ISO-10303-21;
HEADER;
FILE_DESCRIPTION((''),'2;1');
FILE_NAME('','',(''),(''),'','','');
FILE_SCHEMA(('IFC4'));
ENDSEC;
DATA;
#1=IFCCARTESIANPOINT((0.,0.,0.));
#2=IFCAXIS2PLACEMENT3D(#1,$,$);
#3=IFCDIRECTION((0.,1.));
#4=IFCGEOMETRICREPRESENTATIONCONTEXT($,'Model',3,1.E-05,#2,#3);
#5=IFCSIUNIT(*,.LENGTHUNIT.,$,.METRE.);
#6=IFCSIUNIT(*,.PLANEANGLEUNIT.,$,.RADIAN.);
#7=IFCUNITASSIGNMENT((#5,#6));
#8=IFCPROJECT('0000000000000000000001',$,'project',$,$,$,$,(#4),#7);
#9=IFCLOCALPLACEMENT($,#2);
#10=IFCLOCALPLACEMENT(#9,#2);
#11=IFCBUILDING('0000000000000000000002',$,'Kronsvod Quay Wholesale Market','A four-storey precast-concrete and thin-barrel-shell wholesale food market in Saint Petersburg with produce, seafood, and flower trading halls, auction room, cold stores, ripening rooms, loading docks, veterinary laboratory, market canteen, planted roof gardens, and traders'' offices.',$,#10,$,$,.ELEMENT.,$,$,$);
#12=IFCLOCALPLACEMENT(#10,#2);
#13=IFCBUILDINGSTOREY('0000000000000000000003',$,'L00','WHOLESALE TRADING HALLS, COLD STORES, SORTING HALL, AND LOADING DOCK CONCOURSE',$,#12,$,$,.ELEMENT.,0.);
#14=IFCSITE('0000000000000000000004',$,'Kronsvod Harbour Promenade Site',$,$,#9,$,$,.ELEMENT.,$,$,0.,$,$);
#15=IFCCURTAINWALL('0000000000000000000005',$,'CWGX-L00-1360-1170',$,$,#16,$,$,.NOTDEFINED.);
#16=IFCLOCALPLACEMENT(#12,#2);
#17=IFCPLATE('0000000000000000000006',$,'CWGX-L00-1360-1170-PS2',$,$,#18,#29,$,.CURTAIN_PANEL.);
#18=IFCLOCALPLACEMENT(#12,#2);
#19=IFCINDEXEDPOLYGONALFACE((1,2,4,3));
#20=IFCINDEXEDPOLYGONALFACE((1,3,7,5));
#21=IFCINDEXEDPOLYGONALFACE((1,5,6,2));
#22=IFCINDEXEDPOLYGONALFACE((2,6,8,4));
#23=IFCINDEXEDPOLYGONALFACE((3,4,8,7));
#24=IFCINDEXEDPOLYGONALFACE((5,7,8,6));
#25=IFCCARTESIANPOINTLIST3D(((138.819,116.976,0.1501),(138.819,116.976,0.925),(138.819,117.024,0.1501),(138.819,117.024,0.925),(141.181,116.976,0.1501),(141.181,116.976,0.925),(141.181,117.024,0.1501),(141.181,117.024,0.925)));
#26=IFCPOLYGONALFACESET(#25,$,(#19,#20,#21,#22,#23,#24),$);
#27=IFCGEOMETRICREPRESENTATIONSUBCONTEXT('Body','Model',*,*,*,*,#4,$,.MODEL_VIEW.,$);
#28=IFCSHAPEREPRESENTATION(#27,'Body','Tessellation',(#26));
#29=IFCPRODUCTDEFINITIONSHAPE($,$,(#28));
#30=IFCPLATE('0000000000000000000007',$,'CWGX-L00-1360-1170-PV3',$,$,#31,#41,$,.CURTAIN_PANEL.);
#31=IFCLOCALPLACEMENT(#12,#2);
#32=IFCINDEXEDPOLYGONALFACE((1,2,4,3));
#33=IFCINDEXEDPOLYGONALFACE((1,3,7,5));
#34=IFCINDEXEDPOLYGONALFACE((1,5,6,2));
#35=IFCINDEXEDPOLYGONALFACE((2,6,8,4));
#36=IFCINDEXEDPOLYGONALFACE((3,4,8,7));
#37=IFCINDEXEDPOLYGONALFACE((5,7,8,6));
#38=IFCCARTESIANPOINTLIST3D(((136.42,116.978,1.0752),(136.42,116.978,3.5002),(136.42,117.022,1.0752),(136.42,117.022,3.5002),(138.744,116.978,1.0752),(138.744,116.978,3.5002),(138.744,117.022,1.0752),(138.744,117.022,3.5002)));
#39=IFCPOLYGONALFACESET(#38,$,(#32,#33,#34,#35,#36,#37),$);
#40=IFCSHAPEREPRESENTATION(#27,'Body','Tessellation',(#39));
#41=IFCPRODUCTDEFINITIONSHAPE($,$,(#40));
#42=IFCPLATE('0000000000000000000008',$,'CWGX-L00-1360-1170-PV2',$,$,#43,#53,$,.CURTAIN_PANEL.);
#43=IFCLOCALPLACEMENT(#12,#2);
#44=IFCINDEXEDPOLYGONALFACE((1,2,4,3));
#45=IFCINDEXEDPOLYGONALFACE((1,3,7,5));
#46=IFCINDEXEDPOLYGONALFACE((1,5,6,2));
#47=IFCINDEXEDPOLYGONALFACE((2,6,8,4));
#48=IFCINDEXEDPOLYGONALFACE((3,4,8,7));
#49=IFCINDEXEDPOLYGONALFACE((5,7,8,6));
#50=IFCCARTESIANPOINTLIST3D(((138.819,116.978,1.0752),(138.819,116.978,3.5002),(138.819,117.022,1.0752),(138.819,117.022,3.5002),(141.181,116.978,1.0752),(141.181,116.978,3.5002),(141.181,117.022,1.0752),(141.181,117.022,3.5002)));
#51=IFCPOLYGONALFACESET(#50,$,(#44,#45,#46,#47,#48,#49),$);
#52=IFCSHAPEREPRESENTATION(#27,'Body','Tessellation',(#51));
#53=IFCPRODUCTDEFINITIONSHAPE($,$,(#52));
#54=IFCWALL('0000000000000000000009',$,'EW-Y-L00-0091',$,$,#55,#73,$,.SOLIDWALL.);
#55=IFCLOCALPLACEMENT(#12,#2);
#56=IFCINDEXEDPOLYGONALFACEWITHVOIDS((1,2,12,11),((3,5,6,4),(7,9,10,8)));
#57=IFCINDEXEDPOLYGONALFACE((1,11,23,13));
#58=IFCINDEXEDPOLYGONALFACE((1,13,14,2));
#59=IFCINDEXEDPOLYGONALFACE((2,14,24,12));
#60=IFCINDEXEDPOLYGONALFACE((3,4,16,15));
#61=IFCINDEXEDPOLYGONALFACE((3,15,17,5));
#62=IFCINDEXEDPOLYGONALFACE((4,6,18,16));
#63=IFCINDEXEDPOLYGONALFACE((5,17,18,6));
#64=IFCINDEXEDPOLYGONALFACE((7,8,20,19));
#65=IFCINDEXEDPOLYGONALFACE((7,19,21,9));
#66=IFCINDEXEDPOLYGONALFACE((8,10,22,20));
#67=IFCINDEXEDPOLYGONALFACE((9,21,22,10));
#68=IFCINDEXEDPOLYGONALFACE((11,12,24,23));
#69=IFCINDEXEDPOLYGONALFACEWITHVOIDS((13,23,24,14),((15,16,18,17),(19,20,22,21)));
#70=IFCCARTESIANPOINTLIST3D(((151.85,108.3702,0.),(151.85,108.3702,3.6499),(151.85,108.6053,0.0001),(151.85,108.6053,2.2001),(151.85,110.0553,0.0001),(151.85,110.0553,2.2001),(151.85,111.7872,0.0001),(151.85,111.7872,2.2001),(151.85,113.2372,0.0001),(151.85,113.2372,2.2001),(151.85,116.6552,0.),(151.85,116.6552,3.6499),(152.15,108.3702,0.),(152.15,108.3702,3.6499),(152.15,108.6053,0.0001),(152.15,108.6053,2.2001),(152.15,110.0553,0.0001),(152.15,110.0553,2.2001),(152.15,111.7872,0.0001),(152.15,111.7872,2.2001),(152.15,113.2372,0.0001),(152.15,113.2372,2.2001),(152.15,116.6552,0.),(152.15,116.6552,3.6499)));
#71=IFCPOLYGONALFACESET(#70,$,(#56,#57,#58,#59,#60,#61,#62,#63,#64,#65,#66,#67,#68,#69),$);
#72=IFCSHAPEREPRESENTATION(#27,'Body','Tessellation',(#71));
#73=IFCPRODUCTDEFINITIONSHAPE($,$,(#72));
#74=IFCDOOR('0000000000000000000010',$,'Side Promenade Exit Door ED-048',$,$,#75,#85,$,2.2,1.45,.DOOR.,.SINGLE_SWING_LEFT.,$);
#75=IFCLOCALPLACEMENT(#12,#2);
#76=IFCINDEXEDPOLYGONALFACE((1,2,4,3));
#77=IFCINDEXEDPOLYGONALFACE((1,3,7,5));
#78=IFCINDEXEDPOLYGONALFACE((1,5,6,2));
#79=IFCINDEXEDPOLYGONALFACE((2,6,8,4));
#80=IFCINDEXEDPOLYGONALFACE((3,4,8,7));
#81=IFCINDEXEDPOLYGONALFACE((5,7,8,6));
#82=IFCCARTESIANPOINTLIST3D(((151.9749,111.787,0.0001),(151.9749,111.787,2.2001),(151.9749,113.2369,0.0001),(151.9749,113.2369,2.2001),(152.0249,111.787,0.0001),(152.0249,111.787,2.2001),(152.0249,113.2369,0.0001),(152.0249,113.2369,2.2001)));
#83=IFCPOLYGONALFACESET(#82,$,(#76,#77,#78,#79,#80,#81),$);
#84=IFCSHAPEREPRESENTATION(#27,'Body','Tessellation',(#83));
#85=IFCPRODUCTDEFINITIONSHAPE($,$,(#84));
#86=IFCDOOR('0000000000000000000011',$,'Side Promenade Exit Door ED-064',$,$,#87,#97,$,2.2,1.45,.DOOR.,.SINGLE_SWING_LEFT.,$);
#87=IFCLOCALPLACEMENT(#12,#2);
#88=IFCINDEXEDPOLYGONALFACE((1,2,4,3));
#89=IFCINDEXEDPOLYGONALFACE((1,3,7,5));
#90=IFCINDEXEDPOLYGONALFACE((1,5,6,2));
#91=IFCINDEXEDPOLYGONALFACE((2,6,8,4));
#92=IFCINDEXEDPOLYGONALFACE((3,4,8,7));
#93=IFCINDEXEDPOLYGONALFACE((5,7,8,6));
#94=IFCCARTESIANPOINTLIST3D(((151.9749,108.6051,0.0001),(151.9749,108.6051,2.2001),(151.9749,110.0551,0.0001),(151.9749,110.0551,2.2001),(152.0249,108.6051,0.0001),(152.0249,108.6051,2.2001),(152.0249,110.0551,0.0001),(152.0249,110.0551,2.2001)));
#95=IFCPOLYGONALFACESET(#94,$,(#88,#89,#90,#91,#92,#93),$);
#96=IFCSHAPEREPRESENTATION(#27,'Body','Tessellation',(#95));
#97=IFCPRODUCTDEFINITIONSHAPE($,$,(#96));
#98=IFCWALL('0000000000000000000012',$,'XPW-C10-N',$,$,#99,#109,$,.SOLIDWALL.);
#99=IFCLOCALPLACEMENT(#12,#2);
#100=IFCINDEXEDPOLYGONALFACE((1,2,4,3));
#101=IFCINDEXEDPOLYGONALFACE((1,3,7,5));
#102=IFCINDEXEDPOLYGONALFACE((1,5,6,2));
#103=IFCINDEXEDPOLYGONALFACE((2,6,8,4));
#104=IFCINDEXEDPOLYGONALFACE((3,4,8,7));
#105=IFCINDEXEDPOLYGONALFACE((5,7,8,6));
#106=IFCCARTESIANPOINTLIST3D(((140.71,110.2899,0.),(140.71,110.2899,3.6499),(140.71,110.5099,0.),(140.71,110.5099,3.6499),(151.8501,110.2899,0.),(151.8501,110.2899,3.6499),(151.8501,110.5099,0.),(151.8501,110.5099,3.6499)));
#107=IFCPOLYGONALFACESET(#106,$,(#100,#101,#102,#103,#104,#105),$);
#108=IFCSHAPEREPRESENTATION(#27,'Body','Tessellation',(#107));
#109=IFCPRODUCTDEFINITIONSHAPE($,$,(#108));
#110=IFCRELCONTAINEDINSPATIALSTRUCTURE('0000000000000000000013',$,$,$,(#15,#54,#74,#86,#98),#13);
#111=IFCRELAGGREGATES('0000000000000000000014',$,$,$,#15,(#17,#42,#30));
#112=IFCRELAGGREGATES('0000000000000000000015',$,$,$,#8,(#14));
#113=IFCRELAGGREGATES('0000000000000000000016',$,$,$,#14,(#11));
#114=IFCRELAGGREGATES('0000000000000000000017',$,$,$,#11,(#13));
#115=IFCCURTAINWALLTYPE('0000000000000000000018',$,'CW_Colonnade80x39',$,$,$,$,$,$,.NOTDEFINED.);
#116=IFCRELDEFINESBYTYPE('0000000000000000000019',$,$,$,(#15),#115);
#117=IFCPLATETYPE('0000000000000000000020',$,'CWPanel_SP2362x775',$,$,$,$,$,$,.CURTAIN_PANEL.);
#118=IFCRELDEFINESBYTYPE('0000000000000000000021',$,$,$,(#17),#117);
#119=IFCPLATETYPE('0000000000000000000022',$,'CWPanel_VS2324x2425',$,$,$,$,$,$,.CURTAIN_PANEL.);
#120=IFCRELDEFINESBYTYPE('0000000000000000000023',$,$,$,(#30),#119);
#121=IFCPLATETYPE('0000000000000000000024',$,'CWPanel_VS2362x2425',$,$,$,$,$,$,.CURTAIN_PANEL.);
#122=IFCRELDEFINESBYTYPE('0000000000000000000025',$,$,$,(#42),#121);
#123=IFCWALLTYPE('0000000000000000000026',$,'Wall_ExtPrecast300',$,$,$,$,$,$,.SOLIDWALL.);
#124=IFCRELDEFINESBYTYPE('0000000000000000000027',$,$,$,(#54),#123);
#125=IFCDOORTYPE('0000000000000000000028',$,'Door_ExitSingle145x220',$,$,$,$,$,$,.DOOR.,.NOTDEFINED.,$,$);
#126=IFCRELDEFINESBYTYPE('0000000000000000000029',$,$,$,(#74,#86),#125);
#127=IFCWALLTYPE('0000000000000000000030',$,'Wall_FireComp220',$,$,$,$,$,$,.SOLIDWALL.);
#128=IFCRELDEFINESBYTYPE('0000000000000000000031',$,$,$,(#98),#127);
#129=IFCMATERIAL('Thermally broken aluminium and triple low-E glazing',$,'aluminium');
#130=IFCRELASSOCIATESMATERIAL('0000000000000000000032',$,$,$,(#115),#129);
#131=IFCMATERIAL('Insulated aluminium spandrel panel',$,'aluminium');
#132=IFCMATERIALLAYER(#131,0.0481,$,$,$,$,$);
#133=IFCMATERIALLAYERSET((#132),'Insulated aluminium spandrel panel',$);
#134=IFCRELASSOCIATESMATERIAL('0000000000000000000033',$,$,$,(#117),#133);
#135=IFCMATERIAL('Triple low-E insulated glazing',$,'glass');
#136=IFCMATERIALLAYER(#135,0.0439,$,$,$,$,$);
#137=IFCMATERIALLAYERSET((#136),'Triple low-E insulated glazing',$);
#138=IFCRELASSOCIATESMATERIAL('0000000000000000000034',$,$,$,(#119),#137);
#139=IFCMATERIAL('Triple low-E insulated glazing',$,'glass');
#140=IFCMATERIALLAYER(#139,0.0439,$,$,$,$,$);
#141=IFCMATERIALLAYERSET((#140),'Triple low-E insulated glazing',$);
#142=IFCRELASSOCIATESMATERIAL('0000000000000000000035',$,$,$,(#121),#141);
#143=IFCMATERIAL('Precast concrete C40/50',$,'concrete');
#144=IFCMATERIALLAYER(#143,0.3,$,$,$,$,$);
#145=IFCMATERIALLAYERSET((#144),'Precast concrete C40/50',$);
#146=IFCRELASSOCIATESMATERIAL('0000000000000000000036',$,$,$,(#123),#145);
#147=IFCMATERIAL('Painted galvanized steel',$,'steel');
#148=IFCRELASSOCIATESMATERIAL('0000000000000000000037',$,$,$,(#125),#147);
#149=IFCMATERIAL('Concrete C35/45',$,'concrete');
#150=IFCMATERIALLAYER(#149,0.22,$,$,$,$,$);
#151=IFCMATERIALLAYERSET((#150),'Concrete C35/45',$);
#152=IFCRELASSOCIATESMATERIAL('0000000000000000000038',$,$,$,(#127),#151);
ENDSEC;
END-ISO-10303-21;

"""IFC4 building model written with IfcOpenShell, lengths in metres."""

from ifc_helpers import new_model, si_unit, direction, frame, frame_2d, origin, origin_2d, place, context, subcontext, project, spatial, rectangle, extrude, material, layer, layer_set, type_object, element, fill, aggregate, save


model = new_model("IFC4")

# Units and contexts
model_context = context("Model", 3, precision=1e-05, world=origin(), true_north=direction((0.0, 1.0)))
body_context = subcontext(model_context, "Body", "Model", "MODEL_VIEW")
ifc_project = project(units=[si_unit("LENGTHUNIT", "METRE"), si_unit("PLANEANGLEUNIT", "RADIAN")], contexts=[model_context])

# Site, building, storey
site_placement = place(None, origin())
site = spatial("IfcSite", under=ifc_project, at=site_placement, Name="Kronsvod Harbour Promenade Site", CompositionType="ELEMENT", RefElevation=0.0)
building_placement = place(site_placement, origin())
building = spatial("IfcBuilding", under=site, at=building_placement, Name="Kronsvod Quay Wholesale Market", Description="A four-storey precast-concrete and thin-barrel-shell wholesale food market in Saint Petersburg with produce, seafood, and flower trading halls, auction room, cold stores, ripening rooms, loading docks, veterinary laboratory, market canteen, planted roof gardens, and traders' offices.", CompositionType="ELEMENT")
storey_placement = place(building_placement, origin())
storey = spatial("IfcBuildingStorey", under=building, at=storey_placement, Name="L00", Description="WHOLESALE TRADING HALLS, COLD STORES, SORTING HALL, AND LOADING DOCK CONCOURSE", CompositionType="ELEMENT", Elevation=0.0)

# Curtain wall, plates
ifc_material_1 = material(Name="Thermally broken aluminium and triple low-E glazing", Category="aluminium")
curtain_wall_type = type_object("IfcCurtainWallType", Name="CW_Colonnade80x39", PredefinedType="NOTDEFINED", material=ifc_material_1)
curtain_wall_placement = place(storey_placement, origin())
curtain_wall = element("IfcCurtainWall", 1, at=curtain_wall_placement, inside=storey, type_object=curtain_wall_type, Name="CWGX-L00-1360-1170", PredefinedType="NOTDEFINED")
ifc_material_2 = material(Name="Insulated aluminium spandrel panel", Category="aluminium")
ifc_layer_1 = layer(ifc_material_2, 0.0481)
ifc_layer_set_1 = layer_set([ifc_layer_1], Name="Insulated aluminium spandrel panel")
plate_type_1 = type_object("IfcPlateType", Name="CWPanel_SP2362x775", PredefinedType="CURTAIN_PANEL", material=ifc_layer_set_1)
plate_1_placement = place(storey_placement, frame((140.0, 117.0, 0.1501), z_axis=(0.0, 0.0, 1.0), x_axis=(-1.0, 0.0, 0.0)))
plate_1 = element("IfcPlate", 2, at=plate_1_placement, type_object=plate_type_1, Name="CWGX-L00-1360-1170-PS2", PredefinedType="CURTAIN_PANEL", context=body_context, shape_type="SweptSolid", body=[
    extrude(rectangle(XDim=2.3621, YDim=0.0481, at=origin_2d()), origin(), (0.0, 0.0, 1.0), 0.7749),
])
ifc_material_3 = material(Name="Triple low-E insulated glazing", Category="glass")
ifc_layer_2 = layer(ifc_material_3, 0.0439)
ifc_layer_set_2 = layer_set([ifc_layer_2], Name="Triple low-E insulated glazing")
plate_type_2 = type_object("IfcPlateType", Name="CWPanel_VS2324x2425", PredefinedType="CURTAIN_PANEL", material=ifc_layer_set_2)
plate_2_placement = place(storey_placement, frame((137.582, 117.0, 1.0752), z_axis=(0.0, 0.0, 1.0), x_axis=(-1.0, 0.0, 0.0)))
plate_2 = element("IfcPlate", 3, at=plate_2_placement, type_object=plate_type_2, Name="CWGX-L00-1360-1170-PV3", PredefinedType="CURTAIN_PANEL", context=body_context, shape_type="SweptSolid", body=[
    extrude(rectangle(XDim=2.324, YDim=0.0439, at=origin_2d()), origin(), (0.0, 0.0, 1.0), 2.425),
])
ifc_material_4 = material(Name="Triple low-E insulated glazing", Category="glass")
ifc_layer_3 = layer(ifc_material_4, 0.0439)
ifc_layer_set_3 = layer_set([ifc_layer_3], Name="Triple low-E insulated glazing")
plate_type_3 = type_object("IfcPlateType", Name="CWPanel_VS2362x2425", PredefinedType="CURTAIN_PANEL", material=ifc_layer_set_3)
plate_3_placement = place(storey_placement, frame((140.0, 117.0, 1.0752), z_axis=(0.0, 0.0, 1.0), x_axis=(-1.0, 0.0, 0.0)))
plate_3 = element("IfcPlate", 4, at=plate_3_placement, type_object=plate_type_3, Name="CWGX-L00-1360-1170-PV2", PredefinedType="CURTAIN_PANEL", context=body_context, shape_type="SweptSolid", body=[
    extrude(rectangle(XDim=2.3621, YDim=0.0439, at=origin_2d()), origin(), (0.0, 0.0, 1.0), 2.425),
])
aggregate(curtain_wall, [plate_1, plate_3, plate_2])

# Wall, openings, doors
ifc_material_5 = material(Name="Precast concrete C40/50", Category="concrete")
ifc_layer_4 = layer(ifc_material_5, 0.3)
ifc_layer_set_4 = layer_set([ifc_layer_4], Name="Precast concrete C40/50")
wall_type_1 = type_object("IfcWallType", Name="Wall_ExtPrecast300", PredefinedType="SOLIDWALL", material=ifc_layer_set_4)
wall_1_placement = place(storey_placement, frame((152.0, 108.3701, 0.0), z_axis=(0.0, 0.0, 1.0), x_axis=(0.0, 1.0, 0.0)))
wall_1 = element("IfcWall", 5, at=wall_1_placement, inside=storey, type_object=wall_type_1, Name="EW-Y-L00-0091", PredefinedType="SOLIDWALL", context=body_context, shape_type="SweptSolid", body=[
    extrude(rectangle(XDim=8.2849, YDim=0.3, at=frame_2d((4.1426, 0.0))), origin(), (0.0, 0.0, 1.0), 3.6499),
])
opening_1_placement = place(wall_1_placement, frame((3.417, 0.0, 0.0)))
opening_1 = element("IfcOpeningElement", 6, at=opening_1_placement, cuts=wall_1, PredefinedType="OPENING", context=body_context, shape_type="SweptSolid", body=[
    extrude(rectangle(XDim=1.45, YDim=2.2, at=frame_2d((0.7251, 1.1001))), frame((0.0, 0.1602, 0.0), z_axis=(0.0, -1.0, 0.0), x_axis=(1.0, 0.0, 0.0)), (0.0, 0.0, 1.0), 0.3201),
])
opening_2_placement = place(wall_1_placement, frame((0.2351, 0.0, 0.0)))
opening_2 = element("IfcOpeningElement", 7, at=opening_2_placement, cuts=wall_1, PredefinedType="OPENING", context=body_context, shape_type="SweptSolid", body=[
    extrude(rectangle(XDim=1.45, YDim=2.2, at=frame_2d((0.7251, 1.1001))), frame((0.0, 0.1602, 0.0), z_axis=(0.0, -1.0, 0.0), x_axis=(1.0, 0.0, 0.0)), (0.0, 0.0, 1.0), 0.3201),
])
ifc_material_6 = material(Name="Painted galvanized steel", Category="steel")
door_type = type_object("IfcDoorType", Name="Door_ExitSingle145x220", OperationType="NOTDEFINED", PredefinedType="DOOR", material=ifc_material_6)
door_1_placement = place(opening_1_placement, frame((1.45, 0.0, 0.0), z_axis=(0.0, 0.0, 1.0), x_axis=(-1.0, 0.0, 0.0)))
door_1 = element("IfcDoor", 8, at=door_1_placement, inside=storey, type_object=door_type, Name="Side Promenade Exit Door ED-048", OperationType="SINGLE_SWING_LEFT", OverallHeight=2.2, OverallWidth=1.45, PredefinedType="DOOR", context=body_context, shape_type="SweptSolid", body=[
    extrude(rectangle(XDim=1.45, YDim=2.2, at=frame_2d((0.7251, 1.1001))), frame((0.0, 0.0249, 0.0), z_axis=(0.0, -1.0, 0.0), x_axis=(1.0, 0.0, 0.0)), (0.0, 0.0, 1.0), 0.05),
])
fill(opening_1, door_1)
door_2_placement = place(opening_2_placement, frame((1.45, 0.0, 0.0), z_axis=(0.0, 0.0, 1.0), x_axis=(-1.0, 0.0, 0.0)))
door_2 = element("IfcDoor", 9, at=door_2_placement, inside=storey, type_object=door_type, Name="Side Promenade Exit Door ED-064", OperationType="SINGLE_SWING_LEFT", OverallHeight=2.2, OverallWidth=1.45, PredefinedType="DOOR", context=body_context, shape_type="SweptSolid", body=[
    extrude(rectangle(XDim=1.45, YDim=2.2, at=frame_2d((0.7251, 1.1001))), frame((0.0, 0.0249, 0.0), z_axis=(0.0, -1.0, 0.0), x_axis=(1.0, 0.0, 0.0)), (0.0, 0.0, 1.0), 0.05),
])
fill(opening_2, door_2)

# Wall
ifc_material_7 = material(Name="Concrete C35/45", Category="concrete")
ifc_layer_5 = layer(ifc_material_7, 0.22)
ifc_layer_set_5 = layer_set([ifc_layer_5], Name="Concrete C35/45")
wall_type_2 = type_object("IfcWallType", Name="Wall_FireComp220", PredefinedType="SOLIDWALL", material=ifc_layer_set_5)
wall_2_placement = place(storey_placement, frame((140.71, 110.3999, 0.0), z_axis=(0.0, 0.0, 1.0), x_axis=(1.0, 0.0, 0.0)))
element("IfcWall", 10, at=wall_2_placement, inside=storey, type_object=wall_type_2, Name="XPW-C10-N", PredefinedType="SOLIDWALL", context=body_context, shape_type="SweptSolid", body=[
    extrude(rectangle(XDim=11.1401, YDim=0.22, at=frame_2d((5.5701, 0.0))), origin(), (0.0, 0.0, 1.0), 3.6499),
])

save(model, "model.ifc")
